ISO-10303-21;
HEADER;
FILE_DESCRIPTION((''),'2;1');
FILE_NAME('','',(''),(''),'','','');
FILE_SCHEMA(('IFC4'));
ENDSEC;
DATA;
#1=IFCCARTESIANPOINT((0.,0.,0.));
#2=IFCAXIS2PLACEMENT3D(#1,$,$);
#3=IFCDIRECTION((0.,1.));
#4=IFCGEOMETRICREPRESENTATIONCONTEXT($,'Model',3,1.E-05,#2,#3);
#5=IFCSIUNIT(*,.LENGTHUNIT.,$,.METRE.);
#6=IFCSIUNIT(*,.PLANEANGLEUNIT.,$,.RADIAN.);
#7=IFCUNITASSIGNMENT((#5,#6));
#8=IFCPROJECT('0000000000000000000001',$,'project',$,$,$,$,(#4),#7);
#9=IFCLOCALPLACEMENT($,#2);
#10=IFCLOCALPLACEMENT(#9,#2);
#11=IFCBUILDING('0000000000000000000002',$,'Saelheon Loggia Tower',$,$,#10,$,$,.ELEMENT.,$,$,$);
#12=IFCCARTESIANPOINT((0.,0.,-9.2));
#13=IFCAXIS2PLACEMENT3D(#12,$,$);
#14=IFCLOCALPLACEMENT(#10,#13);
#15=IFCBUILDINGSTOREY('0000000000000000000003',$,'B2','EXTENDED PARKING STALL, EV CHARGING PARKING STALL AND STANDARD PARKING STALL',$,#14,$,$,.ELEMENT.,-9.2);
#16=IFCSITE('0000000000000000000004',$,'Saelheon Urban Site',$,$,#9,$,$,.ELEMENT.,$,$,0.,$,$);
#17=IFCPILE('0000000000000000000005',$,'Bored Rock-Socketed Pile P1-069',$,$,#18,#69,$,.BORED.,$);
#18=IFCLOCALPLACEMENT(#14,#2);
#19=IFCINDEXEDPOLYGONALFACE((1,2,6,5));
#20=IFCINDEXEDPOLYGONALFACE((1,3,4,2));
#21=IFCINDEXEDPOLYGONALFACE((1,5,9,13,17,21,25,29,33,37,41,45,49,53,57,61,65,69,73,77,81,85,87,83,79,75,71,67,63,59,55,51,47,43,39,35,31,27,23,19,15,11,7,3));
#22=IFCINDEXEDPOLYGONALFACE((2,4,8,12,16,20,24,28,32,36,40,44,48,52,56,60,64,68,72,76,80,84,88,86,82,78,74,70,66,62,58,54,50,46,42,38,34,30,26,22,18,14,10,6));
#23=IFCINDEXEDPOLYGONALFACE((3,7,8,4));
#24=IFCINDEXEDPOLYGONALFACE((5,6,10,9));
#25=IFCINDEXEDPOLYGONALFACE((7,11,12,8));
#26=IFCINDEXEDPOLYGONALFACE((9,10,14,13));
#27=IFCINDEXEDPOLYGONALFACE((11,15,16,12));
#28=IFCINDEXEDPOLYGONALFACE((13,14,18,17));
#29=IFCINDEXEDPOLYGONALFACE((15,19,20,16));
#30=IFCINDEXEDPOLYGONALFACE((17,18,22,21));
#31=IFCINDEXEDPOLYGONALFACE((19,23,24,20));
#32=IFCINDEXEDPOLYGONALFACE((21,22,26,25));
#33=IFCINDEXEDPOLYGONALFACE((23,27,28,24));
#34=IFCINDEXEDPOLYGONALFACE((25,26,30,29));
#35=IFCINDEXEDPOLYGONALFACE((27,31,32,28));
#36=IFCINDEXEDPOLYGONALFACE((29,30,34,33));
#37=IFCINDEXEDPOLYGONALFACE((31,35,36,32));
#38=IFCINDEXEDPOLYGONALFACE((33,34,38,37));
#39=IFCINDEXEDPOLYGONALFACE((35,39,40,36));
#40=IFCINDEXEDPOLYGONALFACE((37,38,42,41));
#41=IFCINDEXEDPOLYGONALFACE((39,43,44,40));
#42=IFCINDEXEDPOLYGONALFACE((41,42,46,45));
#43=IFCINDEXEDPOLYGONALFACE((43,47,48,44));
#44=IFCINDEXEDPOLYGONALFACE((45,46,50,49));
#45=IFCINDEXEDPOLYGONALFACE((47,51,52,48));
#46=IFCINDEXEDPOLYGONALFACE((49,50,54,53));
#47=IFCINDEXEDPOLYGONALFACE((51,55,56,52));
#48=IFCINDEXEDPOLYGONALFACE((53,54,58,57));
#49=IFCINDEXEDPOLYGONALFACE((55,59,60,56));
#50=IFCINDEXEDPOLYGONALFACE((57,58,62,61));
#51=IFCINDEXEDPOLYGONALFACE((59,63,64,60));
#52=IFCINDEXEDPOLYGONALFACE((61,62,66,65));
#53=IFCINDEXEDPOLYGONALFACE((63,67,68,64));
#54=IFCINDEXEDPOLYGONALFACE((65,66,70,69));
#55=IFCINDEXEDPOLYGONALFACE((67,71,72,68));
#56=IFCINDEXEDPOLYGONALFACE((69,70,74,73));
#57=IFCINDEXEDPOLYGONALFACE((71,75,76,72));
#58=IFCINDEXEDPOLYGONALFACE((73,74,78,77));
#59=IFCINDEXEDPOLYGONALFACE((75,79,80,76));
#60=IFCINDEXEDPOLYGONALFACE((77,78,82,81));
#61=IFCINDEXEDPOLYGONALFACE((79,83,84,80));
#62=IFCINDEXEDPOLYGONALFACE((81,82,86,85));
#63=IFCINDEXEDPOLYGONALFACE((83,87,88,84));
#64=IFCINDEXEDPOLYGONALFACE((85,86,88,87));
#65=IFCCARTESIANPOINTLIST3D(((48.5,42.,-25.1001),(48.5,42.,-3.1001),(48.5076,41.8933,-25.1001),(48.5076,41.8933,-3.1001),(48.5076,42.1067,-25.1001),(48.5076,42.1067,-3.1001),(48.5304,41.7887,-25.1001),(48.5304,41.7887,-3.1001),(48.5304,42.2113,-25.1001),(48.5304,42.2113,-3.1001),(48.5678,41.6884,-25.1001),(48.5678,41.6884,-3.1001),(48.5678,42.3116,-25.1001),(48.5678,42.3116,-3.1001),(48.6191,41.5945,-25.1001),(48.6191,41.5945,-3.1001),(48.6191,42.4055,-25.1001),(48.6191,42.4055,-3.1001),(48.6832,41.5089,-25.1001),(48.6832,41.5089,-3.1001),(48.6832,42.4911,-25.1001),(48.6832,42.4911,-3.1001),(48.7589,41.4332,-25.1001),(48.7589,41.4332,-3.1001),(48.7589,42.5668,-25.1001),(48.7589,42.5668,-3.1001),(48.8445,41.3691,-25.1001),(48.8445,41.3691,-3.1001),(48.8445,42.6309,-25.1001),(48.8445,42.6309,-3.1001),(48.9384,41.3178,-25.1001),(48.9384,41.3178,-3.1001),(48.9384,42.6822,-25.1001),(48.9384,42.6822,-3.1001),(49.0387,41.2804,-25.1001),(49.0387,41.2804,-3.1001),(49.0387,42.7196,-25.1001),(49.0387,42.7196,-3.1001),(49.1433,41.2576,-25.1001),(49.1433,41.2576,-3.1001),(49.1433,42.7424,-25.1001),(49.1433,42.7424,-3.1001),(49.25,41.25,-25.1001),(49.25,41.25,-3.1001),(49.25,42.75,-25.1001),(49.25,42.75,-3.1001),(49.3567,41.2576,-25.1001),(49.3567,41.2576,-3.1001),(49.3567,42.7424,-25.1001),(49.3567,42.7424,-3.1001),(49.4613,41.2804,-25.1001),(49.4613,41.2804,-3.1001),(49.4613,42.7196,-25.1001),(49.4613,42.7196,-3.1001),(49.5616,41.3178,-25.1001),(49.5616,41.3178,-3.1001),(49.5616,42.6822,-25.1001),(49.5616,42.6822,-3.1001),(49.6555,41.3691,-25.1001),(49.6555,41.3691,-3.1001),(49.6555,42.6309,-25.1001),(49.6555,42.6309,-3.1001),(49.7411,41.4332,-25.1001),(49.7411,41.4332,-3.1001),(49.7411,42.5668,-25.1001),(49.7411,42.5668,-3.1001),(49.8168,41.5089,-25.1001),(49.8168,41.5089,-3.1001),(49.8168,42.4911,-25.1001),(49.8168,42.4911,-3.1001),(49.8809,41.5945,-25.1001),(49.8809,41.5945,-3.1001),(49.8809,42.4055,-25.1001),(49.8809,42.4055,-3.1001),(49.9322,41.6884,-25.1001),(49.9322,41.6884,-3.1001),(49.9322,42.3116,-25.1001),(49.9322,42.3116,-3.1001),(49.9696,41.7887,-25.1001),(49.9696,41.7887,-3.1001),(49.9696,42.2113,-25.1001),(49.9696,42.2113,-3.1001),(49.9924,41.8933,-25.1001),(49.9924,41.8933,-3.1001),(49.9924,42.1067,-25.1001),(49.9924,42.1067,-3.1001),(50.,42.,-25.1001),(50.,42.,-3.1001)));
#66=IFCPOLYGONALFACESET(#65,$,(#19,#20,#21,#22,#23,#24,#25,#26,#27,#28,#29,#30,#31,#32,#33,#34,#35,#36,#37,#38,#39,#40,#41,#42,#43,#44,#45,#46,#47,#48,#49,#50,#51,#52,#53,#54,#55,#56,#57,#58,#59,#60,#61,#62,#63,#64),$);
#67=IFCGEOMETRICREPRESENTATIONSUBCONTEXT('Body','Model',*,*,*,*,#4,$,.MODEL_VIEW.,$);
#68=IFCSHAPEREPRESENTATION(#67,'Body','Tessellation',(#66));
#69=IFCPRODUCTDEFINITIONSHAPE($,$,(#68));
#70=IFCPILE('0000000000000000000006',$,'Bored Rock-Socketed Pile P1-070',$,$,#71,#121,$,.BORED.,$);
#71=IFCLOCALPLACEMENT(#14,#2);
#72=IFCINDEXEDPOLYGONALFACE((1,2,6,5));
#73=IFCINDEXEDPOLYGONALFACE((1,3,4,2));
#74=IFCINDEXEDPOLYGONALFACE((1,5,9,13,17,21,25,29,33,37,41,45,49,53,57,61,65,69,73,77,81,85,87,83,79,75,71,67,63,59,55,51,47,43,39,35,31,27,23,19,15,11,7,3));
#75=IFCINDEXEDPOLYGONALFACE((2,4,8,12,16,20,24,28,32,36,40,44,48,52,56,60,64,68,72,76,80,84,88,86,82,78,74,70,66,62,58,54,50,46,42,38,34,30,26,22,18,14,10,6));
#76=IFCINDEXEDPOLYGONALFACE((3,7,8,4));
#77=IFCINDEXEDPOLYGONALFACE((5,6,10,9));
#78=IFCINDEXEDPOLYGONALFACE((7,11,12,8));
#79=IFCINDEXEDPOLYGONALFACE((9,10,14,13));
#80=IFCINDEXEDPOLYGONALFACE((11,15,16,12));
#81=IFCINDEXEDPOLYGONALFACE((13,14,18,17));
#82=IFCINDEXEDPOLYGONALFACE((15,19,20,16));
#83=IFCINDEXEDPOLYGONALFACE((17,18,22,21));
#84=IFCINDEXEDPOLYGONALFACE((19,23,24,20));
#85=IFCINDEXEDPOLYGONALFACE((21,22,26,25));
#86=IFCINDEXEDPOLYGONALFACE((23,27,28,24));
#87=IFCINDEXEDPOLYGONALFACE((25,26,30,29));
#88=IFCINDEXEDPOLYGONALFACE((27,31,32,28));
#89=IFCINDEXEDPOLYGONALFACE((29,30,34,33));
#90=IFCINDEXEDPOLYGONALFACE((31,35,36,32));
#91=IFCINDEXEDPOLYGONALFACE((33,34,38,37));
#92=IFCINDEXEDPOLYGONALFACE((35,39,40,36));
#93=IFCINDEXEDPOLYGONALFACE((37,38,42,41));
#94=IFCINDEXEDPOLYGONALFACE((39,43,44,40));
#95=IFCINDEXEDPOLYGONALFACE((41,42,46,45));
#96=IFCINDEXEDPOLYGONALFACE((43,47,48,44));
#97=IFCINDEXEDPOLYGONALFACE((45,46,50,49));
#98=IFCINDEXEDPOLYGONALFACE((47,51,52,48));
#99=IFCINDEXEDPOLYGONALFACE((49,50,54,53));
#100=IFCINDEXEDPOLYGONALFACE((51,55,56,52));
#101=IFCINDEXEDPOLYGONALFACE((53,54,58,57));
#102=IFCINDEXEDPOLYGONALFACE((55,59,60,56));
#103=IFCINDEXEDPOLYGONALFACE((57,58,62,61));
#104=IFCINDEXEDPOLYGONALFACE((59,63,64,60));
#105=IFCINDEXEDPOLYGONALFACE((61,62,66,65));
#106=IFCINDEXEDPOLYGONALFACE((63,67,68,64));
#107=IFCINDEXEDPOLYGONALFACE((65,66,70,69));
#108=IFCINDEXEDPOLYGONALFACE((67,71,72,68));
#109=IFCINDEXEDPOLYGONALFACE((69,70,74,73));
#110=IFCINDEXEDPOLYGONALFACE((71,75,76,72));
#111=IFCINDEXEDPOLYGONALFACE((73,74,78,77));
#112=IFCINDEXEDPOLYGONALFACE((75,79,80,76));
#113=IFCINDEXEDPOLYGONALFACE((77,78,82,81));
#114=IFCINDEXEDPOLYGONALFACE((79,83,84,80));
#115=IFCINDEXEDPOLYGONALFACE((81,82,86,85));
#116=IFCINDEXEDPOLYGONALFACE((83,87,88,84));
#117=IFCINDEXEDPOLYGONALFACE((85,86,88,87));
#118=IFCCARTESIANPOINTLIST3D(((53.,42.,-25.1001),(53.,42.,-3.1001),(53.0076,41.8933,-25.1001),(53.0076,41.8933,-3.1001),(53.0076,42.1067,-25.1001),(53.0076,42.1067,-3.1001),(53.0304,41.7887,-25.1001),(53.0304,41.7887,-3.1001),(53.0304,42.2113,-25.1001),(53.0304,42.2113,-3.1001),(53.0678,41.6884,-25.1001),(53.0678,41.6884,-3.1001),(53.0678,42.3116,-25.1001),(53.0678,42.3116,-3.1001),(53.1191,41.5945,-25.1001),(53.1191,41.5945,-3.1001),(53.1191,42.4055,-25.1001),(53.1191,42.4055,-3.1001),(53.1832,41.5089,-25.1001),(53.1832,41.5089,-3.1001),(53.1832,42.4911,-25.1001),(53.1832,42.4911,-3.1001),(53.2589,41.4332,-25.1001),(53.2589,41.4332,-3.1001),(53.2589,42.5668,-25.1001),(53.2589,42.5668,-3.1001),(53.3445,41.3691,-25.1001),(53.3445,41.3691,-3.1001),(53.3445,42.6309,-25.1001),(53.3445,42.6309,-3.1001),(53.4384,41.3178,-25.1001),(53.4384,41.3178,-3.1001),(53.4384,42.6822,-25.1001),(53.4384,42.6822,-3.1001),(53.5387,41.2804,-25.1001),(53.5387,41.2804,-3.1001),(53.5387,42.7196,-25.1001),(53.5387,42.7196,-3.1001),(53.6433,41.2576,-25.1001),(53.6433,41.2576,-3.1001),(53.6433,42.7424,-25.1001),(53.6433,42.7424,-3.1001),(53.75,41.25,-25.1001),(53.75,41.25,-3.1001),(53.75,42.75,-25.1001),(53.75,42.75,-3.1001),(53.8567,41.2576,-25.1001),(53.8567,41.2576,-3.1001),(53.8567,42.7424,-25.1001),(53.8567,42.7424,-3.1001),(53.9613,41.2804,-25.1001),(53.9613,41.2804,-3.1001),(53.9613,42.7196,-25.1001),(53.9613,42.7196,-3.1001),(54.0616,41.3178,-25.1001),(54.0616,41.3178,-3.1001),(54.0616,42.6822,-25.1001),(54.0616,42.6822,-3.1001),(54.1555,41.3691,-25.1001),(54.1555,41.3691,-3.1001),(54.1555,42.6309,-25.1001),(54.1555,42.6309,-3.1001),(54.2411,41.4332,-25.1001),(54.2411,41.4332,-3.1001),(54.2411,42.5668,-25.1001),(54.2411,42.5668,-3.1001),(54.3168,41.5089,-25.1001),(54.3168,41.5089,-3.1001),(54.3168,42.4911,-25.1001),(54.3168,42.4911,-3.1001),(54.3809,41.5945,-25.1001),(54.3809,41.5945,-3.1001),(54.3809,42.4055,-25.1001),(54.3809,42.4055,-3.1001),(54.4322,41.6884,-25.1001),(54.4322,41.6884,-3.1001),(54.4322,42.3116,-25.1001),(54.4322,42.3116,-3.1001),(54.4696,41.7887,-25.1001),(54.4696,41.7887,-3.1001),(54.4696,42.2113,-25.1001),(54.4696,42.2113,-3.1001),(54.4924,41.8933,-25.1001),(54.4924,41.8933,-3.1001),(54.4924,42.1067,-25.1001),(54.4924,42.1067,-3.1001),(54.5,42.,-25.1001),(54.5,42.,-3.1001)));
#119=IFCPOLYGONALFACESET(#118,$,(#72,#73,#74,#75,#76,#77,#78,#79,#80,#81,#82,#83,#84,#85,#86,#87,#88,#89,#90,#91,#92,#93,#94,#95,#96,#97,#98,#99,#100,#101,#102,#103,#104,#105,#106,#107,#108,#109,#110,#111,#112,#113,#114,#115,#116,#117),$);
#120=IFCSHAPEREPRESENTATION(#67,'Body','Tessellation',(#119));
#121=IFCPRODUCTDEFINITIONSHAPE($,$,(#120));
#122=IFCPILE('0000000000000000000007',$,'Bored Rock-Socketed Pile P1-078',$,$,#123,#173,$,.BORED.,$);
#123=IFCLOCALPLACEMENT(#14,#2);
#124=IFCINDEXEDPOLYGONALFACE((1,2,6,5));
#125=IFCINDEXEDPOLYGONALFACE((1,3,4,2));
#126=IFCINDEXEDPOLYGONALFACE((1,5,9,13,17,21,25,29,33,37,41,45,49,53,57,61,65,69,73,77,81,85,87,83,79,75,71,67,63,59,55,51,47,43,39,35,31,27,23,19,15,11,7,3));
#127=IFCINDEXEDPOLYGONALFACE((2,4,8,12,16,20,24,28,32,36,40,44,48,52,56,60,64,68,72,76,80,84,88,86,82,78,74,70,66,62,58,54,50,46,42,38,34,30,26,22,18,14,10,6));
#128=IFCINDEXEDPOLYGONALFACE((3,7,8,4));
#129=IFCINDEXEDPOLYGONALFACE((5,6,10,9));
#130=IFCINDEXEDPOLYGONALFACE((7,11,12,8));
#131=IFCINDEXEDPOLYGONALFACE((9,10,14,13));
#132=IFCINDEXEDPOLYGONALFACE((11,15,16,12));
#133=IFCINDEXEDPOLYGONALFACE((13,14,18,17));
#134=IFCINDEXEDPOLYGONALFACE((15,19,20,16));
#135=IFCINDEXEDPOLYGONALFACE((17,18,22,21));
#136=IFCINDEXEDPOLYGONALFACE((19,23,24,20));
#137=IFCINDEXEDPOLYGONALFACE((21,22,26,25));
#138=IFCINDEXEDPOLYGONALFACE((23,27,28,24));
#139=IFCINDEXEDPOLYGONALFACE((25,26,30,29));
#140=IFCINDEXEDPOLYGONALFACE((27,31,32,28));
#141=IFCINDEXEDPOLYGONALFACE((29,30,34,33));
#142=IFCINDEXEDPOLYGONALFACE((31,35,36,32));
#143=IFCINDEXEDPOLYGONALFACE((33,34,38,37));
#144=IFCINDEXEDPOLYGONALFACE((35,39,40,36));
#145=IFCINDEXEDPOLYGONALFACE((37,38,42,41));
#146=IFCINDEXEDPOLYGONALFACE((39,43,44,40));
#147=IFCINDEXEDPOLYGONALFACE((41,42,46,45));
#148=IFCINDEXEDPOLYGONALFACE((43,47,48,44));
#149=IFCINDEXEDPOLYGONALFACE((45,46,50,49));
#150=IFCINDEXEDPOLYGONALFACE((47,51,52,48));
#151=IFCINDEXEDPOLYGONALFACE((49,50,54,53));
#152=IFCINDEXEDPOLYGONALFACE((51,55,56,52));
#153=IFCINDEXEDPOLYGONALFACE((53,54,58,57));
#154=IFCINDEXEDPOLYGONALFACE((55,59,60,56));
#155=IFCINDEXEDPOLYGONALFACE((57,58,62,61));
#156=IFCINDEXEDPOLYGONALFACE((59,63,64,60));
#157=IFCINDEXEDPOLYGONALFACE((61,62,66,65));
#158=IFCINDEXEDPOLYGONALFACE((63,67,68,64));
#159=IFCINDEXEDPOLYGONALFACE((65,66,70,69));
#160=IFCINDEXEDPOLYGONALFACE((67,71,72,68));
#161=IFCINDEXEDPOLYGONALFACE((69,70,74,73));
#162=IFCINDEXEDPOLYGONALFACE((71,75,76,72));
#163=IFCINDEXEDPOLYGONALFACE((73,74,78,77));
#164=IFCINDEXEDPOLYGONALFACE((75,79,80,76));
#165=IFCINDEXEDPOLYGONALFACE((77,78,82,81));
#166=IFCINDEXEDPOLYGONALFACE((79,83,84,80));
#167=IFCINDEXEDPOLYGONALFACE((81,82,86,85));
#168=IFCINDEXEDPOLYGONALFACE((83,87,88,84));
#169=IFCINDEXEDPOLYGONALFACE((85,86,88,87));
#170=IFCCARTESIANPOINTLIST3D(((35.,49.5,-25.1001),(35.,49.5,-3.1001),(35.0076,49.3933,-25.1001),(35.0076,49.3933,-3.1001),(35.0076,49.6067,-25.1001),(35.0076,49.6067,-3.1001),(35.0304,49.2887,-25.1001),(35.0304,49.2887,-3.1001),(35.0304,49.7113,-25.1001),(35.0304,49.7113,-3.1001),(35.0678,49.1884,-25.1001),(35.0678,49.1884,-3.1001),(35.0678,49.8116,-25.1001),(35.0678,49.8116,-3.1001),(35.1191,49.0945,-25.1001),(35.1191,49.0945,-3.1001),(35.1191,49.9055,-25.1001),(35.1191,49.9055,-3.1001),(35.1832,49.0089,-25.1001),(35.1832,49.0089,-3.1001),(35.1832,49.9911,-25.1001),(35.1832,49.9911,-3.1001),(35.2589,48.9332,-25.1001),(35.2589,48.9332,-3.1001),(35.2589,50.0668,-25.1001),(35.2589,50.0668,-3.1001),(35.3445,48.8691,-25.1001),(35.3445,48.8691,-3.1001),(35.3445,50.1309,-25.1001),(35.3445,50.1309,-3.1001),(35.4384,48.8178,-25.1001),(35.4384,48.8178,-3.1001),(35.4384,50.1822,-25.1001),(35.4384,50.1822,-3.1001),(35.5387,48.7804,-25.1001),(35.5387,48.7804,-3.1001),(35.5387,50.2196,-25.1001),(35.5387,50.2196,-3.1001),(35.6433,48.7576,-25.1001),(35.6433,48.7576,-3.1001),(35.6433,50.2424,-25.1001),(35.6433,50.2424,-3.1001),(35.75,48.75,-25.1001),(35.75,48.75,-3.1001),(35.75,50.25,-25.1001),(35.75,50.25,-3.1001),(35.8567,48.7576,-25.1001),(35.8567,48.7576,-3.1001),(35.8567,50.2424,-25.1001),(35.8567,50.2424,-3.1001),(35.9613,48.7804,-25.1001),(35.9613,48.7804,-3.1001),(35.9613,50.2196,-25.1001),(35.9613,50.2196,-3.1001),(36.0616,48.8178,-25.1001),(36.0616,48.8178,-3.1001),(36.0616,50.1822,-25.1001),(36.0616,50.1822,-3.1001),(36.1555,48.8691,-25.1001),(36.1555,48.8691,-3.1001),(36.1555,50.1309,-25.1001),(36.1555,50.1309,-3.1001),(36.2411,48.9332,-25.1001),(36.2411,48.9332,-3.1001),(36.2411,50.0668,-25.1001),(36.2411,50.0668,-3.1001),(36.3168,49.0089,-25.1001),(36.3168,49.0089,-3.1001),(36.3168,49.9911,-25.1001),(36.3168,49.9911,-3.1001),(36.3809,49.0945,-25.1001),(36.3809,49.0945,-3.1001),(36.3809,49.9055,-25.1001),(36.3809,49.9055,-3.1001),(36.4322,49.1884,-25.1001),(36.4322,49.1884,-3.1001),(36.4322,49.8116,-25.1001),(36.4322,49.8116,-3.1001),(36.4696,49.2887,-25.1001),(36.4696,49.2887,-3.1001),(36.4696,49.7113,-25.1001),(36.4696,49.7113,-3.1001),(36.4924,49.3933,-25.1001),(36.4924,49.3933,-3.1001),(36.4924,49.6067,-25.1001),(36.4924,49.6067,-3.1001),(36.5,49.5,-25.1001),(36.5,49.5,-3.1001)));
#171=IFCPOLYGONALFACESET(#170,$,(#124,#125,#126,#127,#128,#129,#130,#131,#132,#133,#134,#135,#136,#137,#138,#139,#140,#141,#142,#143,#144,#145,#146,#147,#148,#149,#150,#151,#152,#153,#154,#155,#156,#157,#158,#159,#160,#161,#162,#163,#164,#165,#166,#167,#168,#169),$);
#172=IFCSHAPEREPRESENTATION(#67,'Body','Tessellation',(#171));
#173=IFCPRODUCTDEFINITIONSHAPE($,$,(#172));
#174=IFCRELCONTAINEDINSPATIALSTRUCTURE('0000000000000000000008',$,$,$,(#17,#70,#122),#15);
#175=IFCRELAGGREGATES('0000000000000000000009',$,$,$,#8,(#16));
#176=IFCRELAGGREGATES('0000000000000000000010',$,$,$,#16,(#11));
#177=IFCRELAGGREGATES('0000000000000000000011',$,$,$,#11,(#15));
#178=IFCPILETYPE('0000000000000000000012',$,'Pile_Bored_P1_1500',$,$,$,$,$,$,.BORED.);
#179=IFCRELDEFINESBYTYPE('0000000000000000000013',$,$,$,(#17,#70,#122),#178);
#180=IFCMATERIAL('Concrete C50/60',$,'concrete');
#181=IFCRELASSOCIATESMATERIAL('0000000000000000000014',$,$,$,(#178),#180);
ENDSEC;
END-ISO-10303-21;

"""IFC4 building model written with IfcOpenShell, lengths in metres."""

from ifc_helpers import new_model, si_unit, direction, frame, origin, origin_2d, place, context, subcontext, project, spatial, circle, extrude, source, transform, mapped, material, material_profile, profile_set, type_object, element, save


model = new_model("IFC4")

# Units and contexts
model_context = context("Model", 3, precision=1e-05, world=origin(), true_north=direction((0.0, 1.0)))
body_context = subcontext(model_context, "Body", "Model", "MODEL_VIEW")
ifc_project = project(units=[si_unit("LENGTHUNIT", "METRE"), si_unit("PLANEANGLEUNIT", "RADIAN")], contexts=[model_context])

# Site, building, storey
site_placement = place(None, origin())
site = spatial("IfcSite", under=ifc_project, at=site_placement, Name="Saelheon Urban Site", CompositionType="ELEMENT", RefElevation=0.0)
building_placement = place(site_placement, origin())
building = spatial("IfcBuilding", under=site, at=building_placement, Name="Saelheon Loggia Tower", CompositionType="ELEMENT")
storey_placement = place(building_placement, frame((0.0, 0.0, -9.2)))
storey = spatial("IfcBuildingStorey", under=building, at=storey_placement, Name="B2", Description="EXTENDED PARKING STALL, EV CHARGING PARKING STALL AND STANDARD PARKING STALL", CompositionType="ELEMENT", Elevation=-9.2)

# Piles
ifc_material_1 = material(Name="Concrete C50/60", Category="concrete")
ifc_material_profile_1 = material_profile(ifc_material_1, circle(Radius=0.75, at=origin_2d()), Name="CIRC-1500")
ifc_profile_set_1 = profile_set([ifc_material_profile_1], Name="Concrete C50/60")
pile_type = type_object("IfcPileType", Name="Pile_Bored_P1_1500", PredefinedType="BORED", material=ifc_profile_set_1)
shared_shape_1 = source(origin(), body_context, "Body", "SweptSolid", [
    extrude(circle(Radius=0.75, at=origin_2d()), origin(), (0.0, 0.0, 1.0), 22.0),
])
for number, where, z_axis, x_axis, name in (
    (1, (49.25, 42.0, -3.1001), (0.0, 0.0, -1.0), (1.0, 0.0, 0.0), "Bored Rock-Socketed Pile P1-069"),
    (2, (53.75, 42.0, -3.1001), (0.0, 0.0, -1.0), (1.0, 0.0, 0.0), "Bored Rock-Socketed Pile P1-070"),
    (3, (35.75, 49.5, -3.1001), (0.0, 0.0, -1.0), (1.0, 0.0, 0.0), "Bored Rock-Socketed Pile P1-078"),
):
    element("IfcPile", number, at=place(storey_placement, frame(where, z_axis=z_axis, x_axis=x_axis)), inside=storey, type_object=pile_type, Name=name, PredefinedType="BORED", context=body_context, shape_type="MappedRepresentation", body=[
        mapped(shared_shape_1, transform((0.0, 0.0, 0.0), scale=1.0)),
    ])

save(model, "model.ifc")
